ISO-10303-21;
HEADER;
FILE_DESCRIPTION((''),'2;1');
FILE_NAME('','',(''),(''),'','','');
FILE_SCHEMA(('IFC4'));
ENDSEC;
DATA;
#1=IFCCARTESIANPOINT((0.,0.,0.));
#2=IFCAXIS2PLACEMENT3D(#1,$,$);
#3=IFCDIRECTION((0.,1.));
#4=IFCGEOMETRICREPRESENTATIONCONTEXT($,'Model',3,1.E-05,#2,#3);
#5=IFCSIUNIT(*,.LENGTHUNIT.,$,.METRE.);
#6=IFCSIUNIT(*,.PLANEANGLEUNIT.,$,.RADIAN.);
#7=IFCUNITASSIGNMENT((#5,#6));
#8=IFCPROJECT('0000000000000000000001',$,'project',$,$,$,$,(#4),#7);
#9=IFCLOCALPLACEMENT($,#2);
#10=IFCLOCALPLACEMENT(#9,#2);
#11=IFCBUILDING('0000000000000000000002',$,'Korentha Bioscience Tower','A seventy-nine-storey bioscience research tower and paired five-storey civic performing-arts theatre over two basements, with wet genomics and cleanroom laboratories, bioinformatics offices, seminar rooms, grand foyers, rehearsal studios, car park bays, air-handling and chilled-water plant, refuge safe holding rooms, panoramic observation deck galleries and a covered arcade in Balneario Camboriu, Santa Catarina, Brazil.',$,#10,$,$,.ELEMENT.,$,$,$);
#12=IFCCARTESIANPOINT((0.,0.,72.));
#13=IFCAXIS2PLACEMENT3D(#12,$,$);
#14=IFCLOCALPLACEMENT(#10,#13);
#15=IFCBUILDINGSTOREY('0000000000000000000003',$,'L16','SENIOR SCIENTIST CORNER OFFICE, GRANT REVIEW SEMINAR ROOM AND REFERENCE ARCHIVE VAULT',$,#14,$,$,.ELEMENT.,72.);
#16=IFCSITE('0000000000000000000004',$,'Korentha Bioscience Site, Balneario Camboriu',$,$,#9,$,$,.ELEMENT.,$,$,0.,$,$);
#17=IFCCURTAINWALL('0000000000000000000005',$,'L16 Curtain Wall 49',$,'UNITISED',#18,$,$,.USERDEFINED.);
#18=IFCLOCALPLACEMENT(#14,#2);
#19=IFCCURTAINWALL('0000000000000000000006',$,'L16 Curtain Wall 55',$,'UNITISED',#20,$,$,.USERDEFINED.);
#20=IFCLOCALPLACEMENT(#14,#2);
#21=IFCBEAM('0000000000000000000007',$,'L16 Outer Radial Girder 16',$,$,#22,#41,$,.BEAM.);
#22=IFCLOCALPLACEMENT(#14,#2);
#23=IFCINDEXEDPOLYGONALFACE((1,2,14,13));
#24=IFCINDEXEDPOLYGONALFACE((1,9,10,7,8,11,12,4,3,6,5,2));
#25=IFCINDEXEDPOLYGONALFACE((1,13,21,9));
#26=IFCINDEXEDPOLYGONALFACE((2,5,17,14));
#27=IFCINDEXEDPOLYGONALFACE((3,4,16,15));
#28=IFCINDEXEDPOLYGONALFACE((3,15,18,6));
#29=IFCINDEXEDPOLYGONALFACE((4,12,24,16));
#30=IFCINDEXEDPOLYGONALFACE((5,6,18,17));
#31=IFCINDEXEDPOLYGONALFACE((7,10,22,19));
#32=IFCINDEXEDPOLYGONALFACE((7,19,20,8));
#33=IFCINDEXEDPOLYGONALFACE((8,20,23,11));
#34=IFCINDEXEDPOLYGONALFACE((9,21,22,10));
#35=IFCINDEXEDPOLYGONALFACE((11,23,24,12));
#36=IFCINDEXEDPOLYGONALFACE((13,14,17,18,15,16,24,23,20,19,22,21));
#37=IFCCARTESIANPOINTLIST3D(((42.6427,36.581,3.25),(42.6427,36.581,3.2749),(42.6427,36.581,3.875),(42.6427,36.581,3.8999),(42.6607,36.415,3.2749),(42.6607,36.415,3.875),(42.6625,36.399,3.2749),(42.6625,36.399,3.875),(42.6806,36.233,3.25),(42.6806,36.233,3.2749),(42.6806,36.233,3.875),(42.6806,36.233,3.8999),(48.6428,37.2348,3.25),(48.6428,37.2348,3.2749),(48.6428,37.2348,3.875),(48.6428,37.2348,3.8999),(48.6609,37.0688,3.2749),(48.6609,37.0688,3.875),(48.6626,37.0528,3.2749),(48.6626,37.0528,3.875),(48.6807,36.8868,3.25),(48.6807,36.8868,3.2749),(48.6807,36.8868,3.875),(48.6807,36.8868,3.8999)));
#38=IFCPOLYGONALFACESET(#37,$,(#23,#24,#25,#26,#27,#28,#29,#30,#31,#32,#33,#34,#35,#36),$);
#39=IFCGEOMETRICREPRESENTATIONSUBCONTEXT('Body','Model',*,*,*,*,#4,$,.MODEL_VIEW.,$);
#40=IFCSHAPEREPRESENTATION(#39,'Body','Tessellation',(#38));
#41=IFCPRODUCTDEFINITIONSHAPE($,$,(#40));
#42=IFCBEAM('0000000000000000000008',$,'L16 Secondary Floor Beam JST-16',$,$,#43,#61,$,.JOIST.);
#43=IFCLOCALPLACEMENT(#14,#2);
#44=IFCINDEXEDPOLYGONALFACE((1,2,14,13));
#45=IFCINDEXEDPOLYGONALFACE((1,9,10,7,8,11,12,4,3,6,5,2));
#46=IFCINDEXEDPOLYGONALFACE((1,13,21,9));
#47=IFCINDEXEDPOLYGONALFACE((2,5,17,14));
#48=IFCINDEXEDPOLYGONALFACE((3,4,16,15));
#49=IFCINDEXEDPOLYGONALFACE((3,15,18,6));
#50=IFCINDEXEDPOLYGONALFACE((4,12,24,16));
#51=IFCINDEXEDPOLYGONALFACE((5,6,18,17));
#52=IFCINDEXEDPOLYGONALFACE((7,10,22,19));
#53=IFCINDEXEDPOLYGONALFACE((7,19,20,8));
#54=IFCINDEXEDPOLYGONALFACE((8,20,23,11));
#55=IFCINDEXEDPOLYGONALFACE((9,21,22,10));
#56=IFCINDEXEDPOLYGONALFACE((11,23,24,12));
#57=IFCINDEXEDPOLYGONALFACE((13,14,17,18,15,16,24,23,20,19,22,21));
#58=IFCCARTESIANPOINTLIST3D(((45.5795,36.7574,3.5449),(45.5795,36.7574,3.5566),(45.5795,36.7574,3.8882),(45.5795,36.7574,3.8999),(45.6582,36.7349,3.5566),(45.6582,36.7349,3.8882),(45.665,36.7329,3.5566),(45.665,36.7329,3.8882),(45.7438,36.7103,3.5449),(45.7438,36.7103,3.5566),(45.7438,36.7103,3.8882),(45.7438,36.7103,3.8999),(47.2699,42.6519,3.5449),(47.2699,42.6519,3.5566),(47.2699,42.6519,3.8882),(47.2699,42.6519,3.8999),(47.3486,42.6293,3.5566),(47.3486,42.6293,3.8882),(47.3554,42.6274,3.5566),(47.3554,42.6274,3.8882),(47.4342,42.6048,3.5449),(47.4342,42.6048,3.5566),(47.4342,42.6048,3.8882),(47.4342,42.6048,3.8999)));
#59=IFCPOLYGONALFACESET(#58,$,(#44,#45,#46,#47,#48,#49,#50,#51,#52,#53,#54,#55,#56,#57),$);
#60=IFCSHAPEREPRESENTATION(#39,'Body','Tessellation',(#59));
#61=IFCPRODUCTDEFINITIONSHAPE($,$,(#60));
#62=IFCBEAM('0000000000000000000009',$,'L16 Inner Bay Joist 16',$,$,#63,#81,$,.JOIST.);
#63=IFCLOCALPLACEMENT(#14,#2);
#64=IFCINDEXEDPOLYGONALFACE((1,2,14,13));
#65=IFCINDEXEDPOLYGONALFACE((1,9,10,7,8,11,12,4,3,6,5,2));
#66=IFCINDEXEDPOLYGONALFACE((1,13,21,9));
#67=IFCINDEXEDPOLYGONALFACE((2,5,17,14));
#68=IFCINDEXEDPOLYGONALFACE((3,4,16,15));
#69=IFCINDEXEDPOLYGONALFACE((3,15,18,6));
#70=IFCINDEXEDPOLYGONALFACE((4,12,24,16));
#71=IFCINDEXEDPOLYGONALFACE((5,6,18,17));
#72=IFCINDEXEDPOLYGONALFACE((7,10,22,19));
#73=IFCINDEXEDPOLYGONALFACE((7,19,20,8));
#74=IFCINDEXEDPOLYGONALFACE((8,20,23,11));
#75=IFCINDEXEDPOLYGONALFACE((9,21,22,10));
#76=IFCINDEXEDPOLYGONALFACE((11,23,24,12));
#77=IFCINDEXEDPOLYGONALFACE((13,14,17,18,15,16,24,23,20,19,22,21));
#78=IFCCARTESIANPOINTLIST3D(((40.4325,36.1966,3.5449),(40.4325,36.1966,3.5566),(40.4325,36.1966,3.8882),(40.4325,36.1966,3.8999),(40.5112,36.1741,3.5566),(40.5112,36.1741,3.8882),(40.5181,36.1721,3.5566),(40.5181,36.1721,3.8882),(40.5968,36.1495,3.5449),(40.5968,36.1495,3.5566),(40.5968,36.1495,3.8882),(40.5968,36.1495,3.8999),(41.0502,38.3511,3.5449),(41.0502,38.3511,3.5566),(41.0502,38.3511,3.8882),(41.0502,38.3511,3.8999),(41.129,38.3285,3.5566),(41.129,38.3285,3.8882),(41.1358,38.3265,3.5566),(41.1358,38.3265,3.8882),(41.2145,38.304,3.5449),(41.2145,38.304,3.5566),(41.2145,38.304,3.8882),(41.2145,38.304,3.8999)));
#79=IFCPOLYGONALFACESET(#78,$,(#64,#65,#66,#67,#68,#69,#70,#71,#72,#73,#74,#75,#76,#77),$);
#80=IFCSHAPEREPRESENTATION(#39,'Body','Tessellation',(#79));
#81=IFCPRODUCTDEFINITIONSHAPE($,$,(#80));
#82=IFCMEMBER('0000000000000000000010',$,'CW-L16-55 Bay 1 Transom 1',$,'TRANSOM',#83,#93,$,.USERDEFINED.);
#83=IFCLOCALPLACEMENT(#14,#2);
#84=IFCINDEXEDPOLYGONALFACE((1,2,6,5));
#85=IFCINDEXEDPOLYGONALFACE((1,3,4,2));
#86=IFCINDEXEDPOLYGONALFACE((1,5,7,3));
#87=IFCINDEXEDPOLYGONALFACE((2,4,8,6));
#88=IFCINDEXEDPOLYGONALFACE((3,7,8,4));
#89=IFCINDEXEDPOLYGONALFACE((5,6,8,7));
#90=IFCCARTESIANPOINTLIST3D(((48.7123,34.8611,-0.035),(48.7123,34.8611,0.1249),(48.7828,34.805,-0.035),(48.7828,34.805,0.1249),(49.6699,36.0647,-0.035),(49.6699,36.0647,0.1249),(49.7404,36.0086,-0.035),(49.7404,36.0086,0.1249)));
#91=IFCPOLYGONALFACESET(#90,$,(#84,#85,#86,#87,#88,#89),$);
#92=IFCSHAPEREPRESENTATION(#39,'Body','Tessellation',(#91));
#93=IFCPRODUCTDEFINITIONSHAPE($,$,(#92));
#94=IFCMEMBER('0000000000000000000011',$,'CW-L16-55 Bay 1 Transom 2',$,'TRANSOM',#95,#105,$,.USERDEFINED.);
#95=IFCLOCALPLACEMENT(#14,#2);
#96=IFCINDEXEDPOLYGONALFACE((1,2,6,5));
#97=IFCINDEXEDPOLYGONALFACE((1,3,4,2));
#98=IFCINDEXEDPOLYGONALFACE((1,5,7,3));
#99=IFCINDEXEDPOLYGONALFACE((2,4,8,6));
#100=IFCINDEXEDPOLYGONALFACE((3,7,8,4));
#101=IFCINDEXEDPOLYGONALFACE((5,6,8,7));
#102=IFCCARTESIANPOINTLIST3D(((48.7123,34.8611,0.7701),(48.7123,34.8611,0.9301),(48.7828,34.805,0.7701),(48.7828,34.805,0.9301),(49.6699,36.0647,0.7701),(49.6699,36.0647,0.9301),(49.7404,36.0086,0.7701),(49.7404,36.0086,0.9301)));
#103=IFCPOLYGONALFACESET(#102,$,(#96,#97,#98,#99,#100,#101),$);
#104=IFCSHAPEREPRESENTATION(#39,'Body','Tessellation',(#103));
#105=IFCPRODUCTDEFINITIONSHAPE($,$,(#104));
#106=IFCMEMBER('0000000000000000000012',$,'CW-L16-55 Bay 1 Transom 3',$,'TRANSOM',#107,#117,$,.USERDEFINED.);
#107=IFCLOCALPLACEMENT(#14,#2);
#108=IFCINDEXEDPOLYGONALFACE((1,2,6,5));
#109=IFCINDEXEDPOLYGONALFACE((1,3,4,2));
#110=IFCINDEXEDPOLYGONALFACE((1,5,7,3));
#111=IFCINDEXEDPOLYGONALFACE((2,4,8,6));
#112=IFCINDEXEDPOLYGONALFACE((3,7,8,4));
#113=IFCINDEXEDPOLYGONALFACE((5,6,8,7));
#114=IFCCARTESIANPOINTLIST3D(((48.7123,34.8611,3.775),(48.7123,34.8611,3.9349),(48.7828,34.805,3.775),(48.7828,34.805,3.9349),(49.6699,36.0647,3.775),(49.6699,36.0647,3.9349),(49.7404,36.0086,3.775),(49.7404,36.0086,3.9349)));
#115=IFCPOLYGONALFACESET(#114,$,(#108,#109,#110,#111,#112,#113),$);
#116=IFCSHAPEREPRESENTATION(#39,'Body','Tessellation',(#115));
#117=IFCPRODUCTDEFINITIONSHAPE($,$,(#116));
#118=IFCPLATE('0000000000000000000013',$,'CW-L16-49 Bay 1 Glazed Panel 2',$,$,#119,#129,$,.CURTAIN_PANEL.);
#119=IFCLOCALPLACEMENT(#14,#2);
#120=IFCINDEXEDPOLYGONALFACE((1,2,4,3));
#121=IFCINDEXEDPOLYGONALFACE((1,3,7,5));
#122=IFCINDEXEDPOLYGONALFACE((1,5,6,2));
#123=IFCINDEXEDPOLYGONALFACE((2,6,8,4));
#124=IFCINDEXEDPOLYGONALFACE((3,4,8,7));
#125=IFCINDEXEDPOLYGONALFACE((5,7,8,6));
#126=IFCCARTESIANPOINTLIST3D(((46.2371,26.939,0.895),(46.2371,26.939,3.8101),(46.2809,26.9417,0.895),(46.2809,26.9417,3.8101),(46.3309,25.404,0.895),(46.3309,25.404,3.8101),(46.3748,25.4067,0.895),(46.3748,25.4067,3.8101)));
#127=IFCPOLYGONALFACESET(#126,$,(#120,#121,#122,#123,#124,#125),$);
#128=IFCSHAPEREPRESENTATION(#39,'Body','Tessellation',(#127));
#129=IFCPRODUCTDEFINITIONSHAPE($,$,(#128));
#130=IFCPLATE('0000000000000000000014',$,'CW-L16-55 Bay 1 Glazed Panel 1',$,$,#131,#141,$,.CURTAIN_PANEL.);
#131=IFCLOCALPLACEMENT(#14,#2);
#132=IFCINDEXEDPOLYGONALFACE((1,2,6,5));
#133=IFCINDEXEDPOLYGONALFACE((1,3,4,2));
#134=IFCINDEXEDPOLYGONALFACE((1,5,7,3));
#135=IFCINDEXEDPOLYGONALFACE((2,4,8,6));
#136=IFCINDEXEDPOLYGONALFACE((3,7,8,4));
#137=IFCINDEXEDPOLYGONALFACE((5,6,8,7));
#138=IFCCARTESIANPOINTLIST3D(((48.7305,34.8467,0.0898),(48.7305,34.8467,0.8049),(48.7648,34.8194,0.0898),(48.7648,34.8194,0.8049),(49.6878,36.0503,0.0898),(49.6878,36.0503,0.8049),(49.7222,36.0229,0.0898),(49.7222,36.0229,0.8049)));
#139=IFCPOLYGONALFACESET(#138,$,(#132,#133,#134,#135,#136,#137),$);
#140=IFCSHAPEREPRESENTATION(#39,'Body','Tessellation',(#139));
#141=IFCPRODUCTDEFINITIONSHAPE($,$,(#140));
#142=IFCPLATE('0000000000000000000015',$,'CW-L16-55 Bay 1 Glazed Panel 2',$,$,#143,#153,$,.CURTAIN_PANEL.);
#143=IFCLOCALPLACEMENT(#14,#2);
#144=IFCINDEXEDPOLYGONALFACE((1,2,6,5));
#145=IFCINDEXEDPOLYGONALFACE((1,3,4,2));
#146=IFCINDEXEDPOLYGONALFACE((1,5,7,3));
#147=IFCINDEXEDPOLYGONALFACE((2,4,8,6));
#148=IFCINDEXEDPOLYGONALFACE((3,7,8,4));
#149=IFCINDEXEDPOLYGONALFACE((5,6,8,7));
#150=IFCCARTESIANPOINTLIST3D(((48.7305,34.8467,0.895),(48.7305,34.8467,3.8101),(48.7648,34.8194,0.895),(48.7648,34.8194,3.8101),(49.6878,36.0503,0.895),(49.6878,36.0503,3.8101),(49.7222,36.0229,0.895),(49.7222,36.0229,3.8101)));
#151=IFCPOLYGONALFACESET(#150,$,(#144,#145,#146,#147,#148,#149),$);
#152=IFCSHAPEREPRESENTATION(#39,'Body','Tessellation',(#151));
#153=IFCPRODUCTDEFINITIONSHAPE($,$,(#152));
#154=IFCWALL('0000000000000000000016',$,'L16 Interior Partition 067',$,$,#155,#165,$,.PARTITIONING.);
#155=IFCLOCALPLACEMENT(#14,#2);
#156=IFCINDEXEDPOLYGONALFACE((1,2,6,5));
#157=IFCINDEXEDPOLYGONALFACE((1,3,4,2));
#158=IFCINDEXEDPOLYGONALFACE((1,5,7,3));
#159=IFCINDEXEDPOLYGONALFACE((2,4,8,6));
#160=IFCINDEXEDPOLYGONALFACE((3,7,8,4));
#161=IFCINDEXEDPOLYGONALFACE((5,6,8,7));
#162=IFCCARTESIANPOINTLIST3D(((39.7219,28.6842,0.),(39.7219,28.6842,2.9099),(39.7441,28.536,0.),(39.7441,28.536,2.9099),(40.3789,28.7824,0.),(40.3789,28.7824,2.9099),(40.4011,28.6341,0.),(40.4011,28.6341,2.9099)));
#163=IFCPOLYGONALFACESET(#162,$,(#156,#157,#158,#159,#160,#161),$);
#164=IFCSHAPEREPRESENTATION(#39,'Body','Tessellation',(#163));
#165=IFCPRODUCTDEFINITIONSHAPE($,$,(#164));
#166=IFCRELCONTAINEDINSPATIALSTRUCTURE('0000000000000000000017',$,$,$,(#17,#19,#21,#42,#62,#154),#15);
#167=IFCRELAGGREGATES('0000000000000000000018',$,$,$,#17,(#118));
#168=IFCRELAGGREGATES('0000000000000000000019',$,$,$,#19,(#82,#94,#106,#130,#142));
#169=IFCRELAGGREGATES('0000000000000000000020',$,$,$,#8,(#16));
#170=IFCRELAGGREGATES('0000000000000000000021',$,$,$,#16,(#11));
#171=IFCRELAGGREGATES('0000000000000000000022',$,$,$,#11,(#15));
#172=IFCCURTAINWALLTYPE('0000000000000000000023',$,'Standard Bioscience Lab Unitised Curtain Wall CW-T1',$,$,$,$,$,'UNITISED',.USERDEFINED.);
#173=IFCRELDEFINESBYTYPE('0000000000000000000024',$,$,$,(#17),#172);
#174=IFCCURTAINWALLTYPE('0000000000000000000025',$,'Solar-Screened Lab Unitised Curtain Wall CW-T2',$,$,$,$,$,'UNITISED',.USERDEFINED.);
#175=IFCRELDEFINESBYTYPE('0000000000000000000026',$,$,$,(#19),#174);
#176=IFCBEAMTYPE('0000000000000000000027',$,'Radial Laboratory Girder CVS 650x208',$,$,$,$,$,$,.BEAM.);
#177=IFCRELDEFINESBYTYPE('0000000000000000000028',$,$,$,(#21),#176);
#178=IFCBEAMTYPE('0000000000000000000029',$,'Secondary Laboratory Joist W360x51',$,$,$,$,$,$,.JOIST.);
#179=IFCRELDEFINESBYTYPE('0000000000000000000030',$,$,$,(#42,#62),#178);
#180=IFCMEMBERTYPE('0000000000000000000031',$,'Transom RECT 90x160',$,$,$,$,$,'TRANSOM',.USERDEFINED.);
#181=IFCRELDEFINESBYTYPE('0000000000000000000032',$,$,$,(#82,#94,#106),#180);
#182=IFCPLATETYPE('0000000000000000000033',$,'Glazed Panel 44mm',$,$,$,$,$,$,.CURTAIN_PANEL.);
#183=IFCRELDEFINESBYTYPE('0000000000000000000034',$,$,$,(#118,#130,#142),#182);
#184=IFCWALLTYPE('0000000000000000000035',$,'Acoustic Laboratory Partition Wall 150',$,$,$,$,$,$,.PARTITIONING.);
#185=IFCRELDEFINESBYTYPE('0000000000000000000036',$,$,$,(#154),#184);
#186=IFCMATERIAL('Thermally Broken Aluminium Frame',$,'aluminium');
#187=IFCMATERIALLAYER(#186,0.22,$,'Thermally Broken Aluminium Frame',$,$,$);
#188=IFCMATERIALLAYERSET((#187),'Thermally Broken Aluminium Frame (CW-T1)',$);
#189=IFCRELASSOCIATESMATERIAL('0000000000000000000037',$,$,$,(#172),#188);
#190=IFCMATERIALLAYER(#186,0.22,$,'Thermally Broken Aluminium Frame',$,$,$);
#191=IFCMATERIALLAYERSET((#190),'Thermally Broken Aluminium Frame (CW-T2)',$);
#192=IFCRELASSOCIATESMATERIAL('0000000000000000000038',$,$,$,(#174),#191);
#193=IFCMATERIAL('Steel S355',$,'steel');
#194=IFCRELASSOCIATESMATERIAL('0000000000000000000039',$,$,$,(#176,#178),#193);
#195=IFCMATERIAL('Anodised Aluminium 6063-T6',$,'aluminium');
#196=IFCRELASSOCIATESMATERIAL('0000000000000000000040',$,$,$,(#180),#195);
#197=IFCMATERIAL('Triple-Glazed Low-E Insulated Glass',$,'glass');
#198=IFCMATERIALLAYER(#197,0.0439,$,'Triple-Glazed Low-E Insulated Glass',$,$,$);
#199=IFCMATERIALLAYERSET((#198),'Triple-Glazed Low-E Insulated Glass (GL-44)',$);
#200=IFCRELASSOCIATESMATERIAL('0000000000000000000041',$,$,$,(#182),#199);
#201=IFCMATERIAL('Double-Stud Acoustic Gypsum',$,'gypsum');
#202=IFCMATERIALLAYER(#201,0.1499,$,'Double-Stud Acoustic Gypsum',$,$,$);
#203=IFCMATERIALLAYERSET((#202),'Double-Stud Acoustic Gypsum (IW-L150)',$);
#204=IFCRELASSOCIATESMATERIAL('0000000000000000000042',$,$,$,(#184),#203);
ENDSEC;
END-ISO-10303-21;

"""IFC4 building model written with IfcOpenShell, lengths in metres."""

from ifc_helpers import new_model, si_unit, direction, frame, frame_2d, origin, origin_2d, place, context, subcontext, project, spatial, rectangle, i_section, extrude, material, layer, layer_set, material_profile, profile_set, type_object, element, aggregate, save


model = new_model("IFC4")

# Units and contexts
model_context = context("Model", 3, precision=1e-05, world=origin(), true_north=direction((0.0, 1.0)))
body_context = subcontext(model_context, "Body", "Model", "MODEL_VIEW")
ifc_project = project(units=[si_unit("LENGTHUNIT", "METRE"), si_unit("PLANEANGLEUNIT", "RADIAN")], contexts=[model_context])

# Site, building, storey
site_placement = place(None, origin())
site = spatial("IfcSite", under=ifc_project, at=site_placement, Name="Korentha Bioscience Site, Balneario Camboriu", CompositionType="ELEMENT", RefElevation=0.0)
building_placement = place(site_placement, origin())
building = spatial("IfcBuilding", under=site, at=building_placement, Name="Korentha Bioscience Tower", Description="A seventy-nine-storey bioscience research tower and paired five-storey civic performing-arts theatre over two basements, with wet genomics and cleanroom laboratories, bioinformatics offices, seminar rooms, grand foyers, rehearsal studios, car park bays, air-handling and chilled-water plant, refuge safe holding rooms, panoramic observation deck galleries and a covered arcade in Balneario Camboriu, Santa Catarina, Brazil.", CompositionType="ELEMENT")
storey_placement = place(building_placement, frame((0.0, 0.0, 72.0)))
storey = spatial("IfcBuildingStorey", under=building, at=storey_placement, Name="L16", Description="SENIOR SCIENTIST CORNER OFFICE, GRANT REVIEW SEMINAR ROOM AND REFERENCE ARCHIVE VAULT", CompositionType="ELEMENT", Elevation=72.0)

# Shared definitions
ifc_material_1 = material(Name="Steel S355", Category="steel")

# Curtain wall
ifc_material_2 = material(Name="Thermally Broken Aluminium Frame", Category="aluminium")
ifc_layer_1 = layer(ifc_material_2, 0.22, Name="Thermally Broken Aluminium Frame")
ifc_layer_set_1 = layer_set([ifc_layer_1], Name="Thermally Broken Aluminium Frame (CW-T1)")
curtain_wall_type_1 = type_object("IfcCurtainWallType", Name="Standard Bioscience Lab Unitised Curtain Wall CW-T1", ElementType="UNITISED", PredefinedType="USERDEFINED", material=ifc_layer_set_1)
curtain_wall_1_placement = place(storey_placement, origin())
curtain_wall_1 = element("IfcCurtainWall", 1, at=curtain_wall_1_placement, inside=storey, type_object=curtain_wall_type_1, Name="L16 Curtain Wall 49", ObjectType="UNITISED", PredefinedType="USERDEFINED")
ifc_material_3 = material(Name="Anodised Aluminium 6063-T6", Category="aluminium")

# Curtain wall
ifc_layer_2 = layer(ifc_material_2, 0.22, Name="Thermally Broken Aluminium Frame")
ifc_layer_set_2 = layer_set([ifc_layer_2], Name="Thermally Broken Aluminium Frame (CW-T2)")
curtain_wall_type_2 = type_object("IfcCurtainWallType", Name="Solar-Screened Lab Unitised Curtain Wall CW-T2", ElementType="UNITISED", PredefinedType="USERDEFINED", material=ifc_layer_set_2)
curtain_wall_2_placement = place(storey_placement, origin())
curtain_wall_2 = element("IfcCurtainWall", 2, at=curtain_wall_2_placement, inside=storey, type_object=curtain_wall_type_2, Name="L16 Curtain Wall 55", ObjectType="UNITISED", PredefinedType="USERDEFINED")

# Beams
ifc_material_profile_1 = material_profile(ifc_material_1, i_section(OverallWidth=0.3501, OverallDepth=0.6499, WebThickness=0.0161, FlangeThickness=0.0249, at=origin_2d()), Name="Steel S355")
ifc_profile_set_1 = profile_set([ifc_material_profile_1], Name="Steel S355 (RB-650)")
beam_type_1 = type_object("IfcBeamType", Name="Radial Laboratory Girder CVS 650x208", PredefinedType="BEAM", material=ifc_profile_set_1)
beam_1_placement = place(storey_placement, frame((42.6616, 36.407, 3.575), z_axis=(0.994116, 0.108323, 0.0), x_axis=(-0.108323, 0.994116, 0.0)))
element("IfcBeam", 3, at=beam_1_placement, inside=storey, type_object=beam_type_1, Name="L16 Outer Radial Girder 16", PredefinedType="BEAM", context=body_context, shape_type="SweptSolid", body=[
    extrude(i_section(OverallWidth=0.3501, OverallDepth=0.6499, WebThickness=0.0161, FlangeThickness=0.0249, at=origin_2d()), origin(), (0.0, 0.0, 1.0), 6.0356),
])
ifc_material_profile_2 = material_profile(ifc_material_1, i_section(OverallWidth=0.1709, OverallDepth=0.355, WebThickness=0.0071, FlangeThickness=0.0117, at=origin_2d()), Name="Steel S355")
ifc_profile_set_2 = profile_set([ifc_material_profile_2], Name="Steel S355 (JB-360)")
beam_type_2 = type_object("IfcBeamType", Name="Secondary Laboratory Joist W360x51", PredefinedType="JOIST", material=ifc_profile_set_2)
beam_2_placement = place(storey_placement, frame((45.6616, 36.7339, 3.7224), z_axis=(0.275668, 0.961253, 0.0), x_axis=(-0.961253, 0.275668, 0.0)))
element("IfcBeam", 4, at=beam_2_placement, inside=storey, type_object=beam_type_2, Name="L16 Secondary Floor Beam JST-16", PredefinedType="JOIST", context=body_context, shape_type="SweptSolid", body=[
    extrude(i_section(OverallWidth=0.1709, OverallDepth=0.355, WebThickness=0.0071, FlangeThickness=0.0117, at=origin_2d()), origin(), (0.0, 0.0, 1.0), 6.1321),
])
beam_3_placement = place(storey_placement, frame((40.5146, 36.1731, 3.7224), z_axis=(0.275613, 0.961269, 0.0), x_axis=(-0.961269, 0.275613, 0.0)))
element("IfcBeam", 5, at=beam_3_placement, inside=storey, type_object=beam_type_2, Name="L16 Inner Bay Joist 16", PredefinedType="JOIST", context=body_context, shape_type="SweptSolid", body=[
    extrude(i_section(OverallWidth=0.1709, OverallDepth=0.355, WebThickness=0.0071, FlangeThickness=0.0117, at=origin_2d()), origin(), (0.0, 0.0, 1.0), 2.2412),
])

# Members
ifc_material_profile_3 = material_profile(ifc_material_3, rectangle(XDim=0.0901, YDim=0.1599, at=origin_2d()), Name="Anodised Aluminium 6063-T6")
ifc_profile_set_3 = profile_set([ifc_material_profile_3], Name="Anodised Aluminium 6063-T6 (CW-TRN)")
member_type_1 = type_object("IfcMemberType", Name="Transom RECT 90x160", ElementType="TRANSOM", PredefinedType="USERDEFINED", material=ifc_profile_set_3)
member_1_placement = place(storey_placement, frame((48.7476, 34.833, 0.0449), z_axis=(0.622563, 0.782569, 0.0), x_axis=(-0.782569, 0.622563, 0.0)))
member_1 = element("IfcMember", 6, at=member_1_placement, type_object=member_type_1, Name="CW-L16-55 Bay 1 Transom 1", ObjectType="TRANSOM", PredefinedType="USERDEFINED", context=body_context, shape_type="SweptSolid", body=[
    extrude(rectangle(XDim=0.0901, YDim=0.1599, at=origin_2d()), origin(), (0.0, 0.0, 1.0), 1.5381),
])
member_2_placement = place(storey_placement, frame((48.7476, 34.833, 0.8501), z_axis=(0.622563, 0.782569, 0.0), x_axis=(-0.782569, 0.622563, 0.0)))
member_2 = element("IfcMember", 7, at=member_2_placement, type_object=member_type_1, Name="CW-L16-55 Bay 1 Transom 2", ObjectType="TRANSOM", PredefinedType="USERDEFINED", context=body_context, shape_type="SweptSolid", body=[
    extrude(rectangle(XDim=0.0901, YDim=0.1599, at=origin_2d()), origin(), (0.0, 0.0, 1.0), 1.5381),
])
member_3_placement = place(storey_placement, frame((48.7476, 34.833, 3.855), z_axis=(0.622563, 0.782569, 0.0), x_axis=(-0.782569, 0.622563, 0.0)))
member_3 = element("IfcMember", 8, at=member_3_placement, type_object=member_type_1, Name="CW-L16-55 Bay 1 Transom 3", ObjectType="TRANSOM", PredefinedType="USERDEFINED", context=body_context, shape_type="SweptSolid", body=[
    extrude(rectangle(XDim=0.0901, YDim=0.1599, at=origin_2d()), origin(), (0.0, 0.0, 1.0), 1.5381),
])

# Plates
ifc_material_4 = material(Name="Triple-Glazed Low-E Insulated Glass", Category="glass")
ifc_layer_3 = layer(ifc_material_4, 0.0439, Name="Triple-Glazed Low-E Insulated Glass")
ifc_layer_set_3 = layer_set([ifc_layer_3], Name="Triple-Glazed Low-E Insulated Glass (GL-44)")
plate_type = type_object("IfcPlateType", Name="Glazed Panel 44mm", PredefinedType="CURTAIN_PANEL", material=ifc_layer_set_3)
plate_1_placement = place(storey_placement, frame((46.3059, 26.1729, 0.895), z_axis=(0.0, 0.0, 1.0), x_axis=(-0.061008, 0.998137, 0.0)))
plate_1 = element("IfcPlate", 9, at=plate_1_placement, type_object=plate_type, Name="CW-L16-49 Bay 1 Glazed Panel 2", PredefinedType="CURTAIN_PANEL", context=body_context, shape_type="SweptSolid", body=[
    extrude(rectangle(XDim=1.5378, YDim=0.0439, at=origin_2d()), origin(), (0.0, 0.0, 1.0), 2.915),
])
aggregate(curtain_wall_1, [plate_1])
plate_2_placement = place(storey_placement, frame((49.2263, 35.4348, 0.0898), z_axis=(0.0, 0.0, 1.0), x_axis=(0.62252, 0.782604, 0.0)))
plate_2 = element("IfcPlate", 10, at=plate_2_placement, type_object=plate_type, Name="CW-L16-55 Bay 1 Glazed Panel 1", PredefinedType="CURTAIN_PANEL", context=body_context, shape_type="SweptSolid", body=[
    extrude(rectangle(XDim=1.5378, YDim=0.0439, at=origin_2d()), origin(), (0.0, 0.0, 1.0), 0.7151),
])
plate_3_placement = place(storey_placement, frame((49.2263, 35.4348, 0.895), z_axis=(0.0, 0.0, 1.0), x_axis=(0.62252, 0.782604, 0.0)))
plate_3 = element("IfcPlate", 11, at=plate_3_placement, type_object=plate_type, Name="CW-L16-55 Bay 1 Glazed Panel 2", PredefinedType="CURTAIN_PANEL", context=body_context, shape_type="SweptSolid", body=[
    extrude(rectangle(XDim=1.5378, YDim=0.0439, at=origin_2d()), origin(), (0.0, 0.0, 1.0), 2.915),
])
aggregate(curtain_wall_2, [member_1, member_2, member_3, plate_2, plate_3])

# Wall
ifc_material_5 = material(Name="Double-Stud Acoustic Gypsum", Category="gypsum")
ifc_layer_4 = layer(ifc_material_5, 0.1499, Name="Double-Stud Acoustic Gypsum")
ifc_layer_set_4 = layer_set([ifc_layer_4], Name="Double-Stud Acoustic Gypsum (IW-L150)")
wall_type_1 = type_object("IfcWallType", Name="Acoustic Laboratory Partition Wall 150", PredefinedType="PARTITIONING", material=ifc_layer_set_4)
wall_1_placement = place(storey_placement, frame((40.3899, 28.7083, 0.0), z_axis=(0.0, 0.0, 1.0), x_axis=(-0.989025, -0.147747, 0.0)))
element("IfcWall", 12, at=wall_1_placement, inside=storey, type_object=wall_type_1, Name="L16 Interior Partition 067", PredefinedType="PARTITIONING", context=body_context, shape_type="SweptSolid", body=[
    extrude(rectangle(XDim=0.6643, YDim=0.1499, at=frame_2d((0.332, 0.0))), origin(), (0.0, 0.0, 1.0), 2.9099),
])

save(model, "model.ifc")
